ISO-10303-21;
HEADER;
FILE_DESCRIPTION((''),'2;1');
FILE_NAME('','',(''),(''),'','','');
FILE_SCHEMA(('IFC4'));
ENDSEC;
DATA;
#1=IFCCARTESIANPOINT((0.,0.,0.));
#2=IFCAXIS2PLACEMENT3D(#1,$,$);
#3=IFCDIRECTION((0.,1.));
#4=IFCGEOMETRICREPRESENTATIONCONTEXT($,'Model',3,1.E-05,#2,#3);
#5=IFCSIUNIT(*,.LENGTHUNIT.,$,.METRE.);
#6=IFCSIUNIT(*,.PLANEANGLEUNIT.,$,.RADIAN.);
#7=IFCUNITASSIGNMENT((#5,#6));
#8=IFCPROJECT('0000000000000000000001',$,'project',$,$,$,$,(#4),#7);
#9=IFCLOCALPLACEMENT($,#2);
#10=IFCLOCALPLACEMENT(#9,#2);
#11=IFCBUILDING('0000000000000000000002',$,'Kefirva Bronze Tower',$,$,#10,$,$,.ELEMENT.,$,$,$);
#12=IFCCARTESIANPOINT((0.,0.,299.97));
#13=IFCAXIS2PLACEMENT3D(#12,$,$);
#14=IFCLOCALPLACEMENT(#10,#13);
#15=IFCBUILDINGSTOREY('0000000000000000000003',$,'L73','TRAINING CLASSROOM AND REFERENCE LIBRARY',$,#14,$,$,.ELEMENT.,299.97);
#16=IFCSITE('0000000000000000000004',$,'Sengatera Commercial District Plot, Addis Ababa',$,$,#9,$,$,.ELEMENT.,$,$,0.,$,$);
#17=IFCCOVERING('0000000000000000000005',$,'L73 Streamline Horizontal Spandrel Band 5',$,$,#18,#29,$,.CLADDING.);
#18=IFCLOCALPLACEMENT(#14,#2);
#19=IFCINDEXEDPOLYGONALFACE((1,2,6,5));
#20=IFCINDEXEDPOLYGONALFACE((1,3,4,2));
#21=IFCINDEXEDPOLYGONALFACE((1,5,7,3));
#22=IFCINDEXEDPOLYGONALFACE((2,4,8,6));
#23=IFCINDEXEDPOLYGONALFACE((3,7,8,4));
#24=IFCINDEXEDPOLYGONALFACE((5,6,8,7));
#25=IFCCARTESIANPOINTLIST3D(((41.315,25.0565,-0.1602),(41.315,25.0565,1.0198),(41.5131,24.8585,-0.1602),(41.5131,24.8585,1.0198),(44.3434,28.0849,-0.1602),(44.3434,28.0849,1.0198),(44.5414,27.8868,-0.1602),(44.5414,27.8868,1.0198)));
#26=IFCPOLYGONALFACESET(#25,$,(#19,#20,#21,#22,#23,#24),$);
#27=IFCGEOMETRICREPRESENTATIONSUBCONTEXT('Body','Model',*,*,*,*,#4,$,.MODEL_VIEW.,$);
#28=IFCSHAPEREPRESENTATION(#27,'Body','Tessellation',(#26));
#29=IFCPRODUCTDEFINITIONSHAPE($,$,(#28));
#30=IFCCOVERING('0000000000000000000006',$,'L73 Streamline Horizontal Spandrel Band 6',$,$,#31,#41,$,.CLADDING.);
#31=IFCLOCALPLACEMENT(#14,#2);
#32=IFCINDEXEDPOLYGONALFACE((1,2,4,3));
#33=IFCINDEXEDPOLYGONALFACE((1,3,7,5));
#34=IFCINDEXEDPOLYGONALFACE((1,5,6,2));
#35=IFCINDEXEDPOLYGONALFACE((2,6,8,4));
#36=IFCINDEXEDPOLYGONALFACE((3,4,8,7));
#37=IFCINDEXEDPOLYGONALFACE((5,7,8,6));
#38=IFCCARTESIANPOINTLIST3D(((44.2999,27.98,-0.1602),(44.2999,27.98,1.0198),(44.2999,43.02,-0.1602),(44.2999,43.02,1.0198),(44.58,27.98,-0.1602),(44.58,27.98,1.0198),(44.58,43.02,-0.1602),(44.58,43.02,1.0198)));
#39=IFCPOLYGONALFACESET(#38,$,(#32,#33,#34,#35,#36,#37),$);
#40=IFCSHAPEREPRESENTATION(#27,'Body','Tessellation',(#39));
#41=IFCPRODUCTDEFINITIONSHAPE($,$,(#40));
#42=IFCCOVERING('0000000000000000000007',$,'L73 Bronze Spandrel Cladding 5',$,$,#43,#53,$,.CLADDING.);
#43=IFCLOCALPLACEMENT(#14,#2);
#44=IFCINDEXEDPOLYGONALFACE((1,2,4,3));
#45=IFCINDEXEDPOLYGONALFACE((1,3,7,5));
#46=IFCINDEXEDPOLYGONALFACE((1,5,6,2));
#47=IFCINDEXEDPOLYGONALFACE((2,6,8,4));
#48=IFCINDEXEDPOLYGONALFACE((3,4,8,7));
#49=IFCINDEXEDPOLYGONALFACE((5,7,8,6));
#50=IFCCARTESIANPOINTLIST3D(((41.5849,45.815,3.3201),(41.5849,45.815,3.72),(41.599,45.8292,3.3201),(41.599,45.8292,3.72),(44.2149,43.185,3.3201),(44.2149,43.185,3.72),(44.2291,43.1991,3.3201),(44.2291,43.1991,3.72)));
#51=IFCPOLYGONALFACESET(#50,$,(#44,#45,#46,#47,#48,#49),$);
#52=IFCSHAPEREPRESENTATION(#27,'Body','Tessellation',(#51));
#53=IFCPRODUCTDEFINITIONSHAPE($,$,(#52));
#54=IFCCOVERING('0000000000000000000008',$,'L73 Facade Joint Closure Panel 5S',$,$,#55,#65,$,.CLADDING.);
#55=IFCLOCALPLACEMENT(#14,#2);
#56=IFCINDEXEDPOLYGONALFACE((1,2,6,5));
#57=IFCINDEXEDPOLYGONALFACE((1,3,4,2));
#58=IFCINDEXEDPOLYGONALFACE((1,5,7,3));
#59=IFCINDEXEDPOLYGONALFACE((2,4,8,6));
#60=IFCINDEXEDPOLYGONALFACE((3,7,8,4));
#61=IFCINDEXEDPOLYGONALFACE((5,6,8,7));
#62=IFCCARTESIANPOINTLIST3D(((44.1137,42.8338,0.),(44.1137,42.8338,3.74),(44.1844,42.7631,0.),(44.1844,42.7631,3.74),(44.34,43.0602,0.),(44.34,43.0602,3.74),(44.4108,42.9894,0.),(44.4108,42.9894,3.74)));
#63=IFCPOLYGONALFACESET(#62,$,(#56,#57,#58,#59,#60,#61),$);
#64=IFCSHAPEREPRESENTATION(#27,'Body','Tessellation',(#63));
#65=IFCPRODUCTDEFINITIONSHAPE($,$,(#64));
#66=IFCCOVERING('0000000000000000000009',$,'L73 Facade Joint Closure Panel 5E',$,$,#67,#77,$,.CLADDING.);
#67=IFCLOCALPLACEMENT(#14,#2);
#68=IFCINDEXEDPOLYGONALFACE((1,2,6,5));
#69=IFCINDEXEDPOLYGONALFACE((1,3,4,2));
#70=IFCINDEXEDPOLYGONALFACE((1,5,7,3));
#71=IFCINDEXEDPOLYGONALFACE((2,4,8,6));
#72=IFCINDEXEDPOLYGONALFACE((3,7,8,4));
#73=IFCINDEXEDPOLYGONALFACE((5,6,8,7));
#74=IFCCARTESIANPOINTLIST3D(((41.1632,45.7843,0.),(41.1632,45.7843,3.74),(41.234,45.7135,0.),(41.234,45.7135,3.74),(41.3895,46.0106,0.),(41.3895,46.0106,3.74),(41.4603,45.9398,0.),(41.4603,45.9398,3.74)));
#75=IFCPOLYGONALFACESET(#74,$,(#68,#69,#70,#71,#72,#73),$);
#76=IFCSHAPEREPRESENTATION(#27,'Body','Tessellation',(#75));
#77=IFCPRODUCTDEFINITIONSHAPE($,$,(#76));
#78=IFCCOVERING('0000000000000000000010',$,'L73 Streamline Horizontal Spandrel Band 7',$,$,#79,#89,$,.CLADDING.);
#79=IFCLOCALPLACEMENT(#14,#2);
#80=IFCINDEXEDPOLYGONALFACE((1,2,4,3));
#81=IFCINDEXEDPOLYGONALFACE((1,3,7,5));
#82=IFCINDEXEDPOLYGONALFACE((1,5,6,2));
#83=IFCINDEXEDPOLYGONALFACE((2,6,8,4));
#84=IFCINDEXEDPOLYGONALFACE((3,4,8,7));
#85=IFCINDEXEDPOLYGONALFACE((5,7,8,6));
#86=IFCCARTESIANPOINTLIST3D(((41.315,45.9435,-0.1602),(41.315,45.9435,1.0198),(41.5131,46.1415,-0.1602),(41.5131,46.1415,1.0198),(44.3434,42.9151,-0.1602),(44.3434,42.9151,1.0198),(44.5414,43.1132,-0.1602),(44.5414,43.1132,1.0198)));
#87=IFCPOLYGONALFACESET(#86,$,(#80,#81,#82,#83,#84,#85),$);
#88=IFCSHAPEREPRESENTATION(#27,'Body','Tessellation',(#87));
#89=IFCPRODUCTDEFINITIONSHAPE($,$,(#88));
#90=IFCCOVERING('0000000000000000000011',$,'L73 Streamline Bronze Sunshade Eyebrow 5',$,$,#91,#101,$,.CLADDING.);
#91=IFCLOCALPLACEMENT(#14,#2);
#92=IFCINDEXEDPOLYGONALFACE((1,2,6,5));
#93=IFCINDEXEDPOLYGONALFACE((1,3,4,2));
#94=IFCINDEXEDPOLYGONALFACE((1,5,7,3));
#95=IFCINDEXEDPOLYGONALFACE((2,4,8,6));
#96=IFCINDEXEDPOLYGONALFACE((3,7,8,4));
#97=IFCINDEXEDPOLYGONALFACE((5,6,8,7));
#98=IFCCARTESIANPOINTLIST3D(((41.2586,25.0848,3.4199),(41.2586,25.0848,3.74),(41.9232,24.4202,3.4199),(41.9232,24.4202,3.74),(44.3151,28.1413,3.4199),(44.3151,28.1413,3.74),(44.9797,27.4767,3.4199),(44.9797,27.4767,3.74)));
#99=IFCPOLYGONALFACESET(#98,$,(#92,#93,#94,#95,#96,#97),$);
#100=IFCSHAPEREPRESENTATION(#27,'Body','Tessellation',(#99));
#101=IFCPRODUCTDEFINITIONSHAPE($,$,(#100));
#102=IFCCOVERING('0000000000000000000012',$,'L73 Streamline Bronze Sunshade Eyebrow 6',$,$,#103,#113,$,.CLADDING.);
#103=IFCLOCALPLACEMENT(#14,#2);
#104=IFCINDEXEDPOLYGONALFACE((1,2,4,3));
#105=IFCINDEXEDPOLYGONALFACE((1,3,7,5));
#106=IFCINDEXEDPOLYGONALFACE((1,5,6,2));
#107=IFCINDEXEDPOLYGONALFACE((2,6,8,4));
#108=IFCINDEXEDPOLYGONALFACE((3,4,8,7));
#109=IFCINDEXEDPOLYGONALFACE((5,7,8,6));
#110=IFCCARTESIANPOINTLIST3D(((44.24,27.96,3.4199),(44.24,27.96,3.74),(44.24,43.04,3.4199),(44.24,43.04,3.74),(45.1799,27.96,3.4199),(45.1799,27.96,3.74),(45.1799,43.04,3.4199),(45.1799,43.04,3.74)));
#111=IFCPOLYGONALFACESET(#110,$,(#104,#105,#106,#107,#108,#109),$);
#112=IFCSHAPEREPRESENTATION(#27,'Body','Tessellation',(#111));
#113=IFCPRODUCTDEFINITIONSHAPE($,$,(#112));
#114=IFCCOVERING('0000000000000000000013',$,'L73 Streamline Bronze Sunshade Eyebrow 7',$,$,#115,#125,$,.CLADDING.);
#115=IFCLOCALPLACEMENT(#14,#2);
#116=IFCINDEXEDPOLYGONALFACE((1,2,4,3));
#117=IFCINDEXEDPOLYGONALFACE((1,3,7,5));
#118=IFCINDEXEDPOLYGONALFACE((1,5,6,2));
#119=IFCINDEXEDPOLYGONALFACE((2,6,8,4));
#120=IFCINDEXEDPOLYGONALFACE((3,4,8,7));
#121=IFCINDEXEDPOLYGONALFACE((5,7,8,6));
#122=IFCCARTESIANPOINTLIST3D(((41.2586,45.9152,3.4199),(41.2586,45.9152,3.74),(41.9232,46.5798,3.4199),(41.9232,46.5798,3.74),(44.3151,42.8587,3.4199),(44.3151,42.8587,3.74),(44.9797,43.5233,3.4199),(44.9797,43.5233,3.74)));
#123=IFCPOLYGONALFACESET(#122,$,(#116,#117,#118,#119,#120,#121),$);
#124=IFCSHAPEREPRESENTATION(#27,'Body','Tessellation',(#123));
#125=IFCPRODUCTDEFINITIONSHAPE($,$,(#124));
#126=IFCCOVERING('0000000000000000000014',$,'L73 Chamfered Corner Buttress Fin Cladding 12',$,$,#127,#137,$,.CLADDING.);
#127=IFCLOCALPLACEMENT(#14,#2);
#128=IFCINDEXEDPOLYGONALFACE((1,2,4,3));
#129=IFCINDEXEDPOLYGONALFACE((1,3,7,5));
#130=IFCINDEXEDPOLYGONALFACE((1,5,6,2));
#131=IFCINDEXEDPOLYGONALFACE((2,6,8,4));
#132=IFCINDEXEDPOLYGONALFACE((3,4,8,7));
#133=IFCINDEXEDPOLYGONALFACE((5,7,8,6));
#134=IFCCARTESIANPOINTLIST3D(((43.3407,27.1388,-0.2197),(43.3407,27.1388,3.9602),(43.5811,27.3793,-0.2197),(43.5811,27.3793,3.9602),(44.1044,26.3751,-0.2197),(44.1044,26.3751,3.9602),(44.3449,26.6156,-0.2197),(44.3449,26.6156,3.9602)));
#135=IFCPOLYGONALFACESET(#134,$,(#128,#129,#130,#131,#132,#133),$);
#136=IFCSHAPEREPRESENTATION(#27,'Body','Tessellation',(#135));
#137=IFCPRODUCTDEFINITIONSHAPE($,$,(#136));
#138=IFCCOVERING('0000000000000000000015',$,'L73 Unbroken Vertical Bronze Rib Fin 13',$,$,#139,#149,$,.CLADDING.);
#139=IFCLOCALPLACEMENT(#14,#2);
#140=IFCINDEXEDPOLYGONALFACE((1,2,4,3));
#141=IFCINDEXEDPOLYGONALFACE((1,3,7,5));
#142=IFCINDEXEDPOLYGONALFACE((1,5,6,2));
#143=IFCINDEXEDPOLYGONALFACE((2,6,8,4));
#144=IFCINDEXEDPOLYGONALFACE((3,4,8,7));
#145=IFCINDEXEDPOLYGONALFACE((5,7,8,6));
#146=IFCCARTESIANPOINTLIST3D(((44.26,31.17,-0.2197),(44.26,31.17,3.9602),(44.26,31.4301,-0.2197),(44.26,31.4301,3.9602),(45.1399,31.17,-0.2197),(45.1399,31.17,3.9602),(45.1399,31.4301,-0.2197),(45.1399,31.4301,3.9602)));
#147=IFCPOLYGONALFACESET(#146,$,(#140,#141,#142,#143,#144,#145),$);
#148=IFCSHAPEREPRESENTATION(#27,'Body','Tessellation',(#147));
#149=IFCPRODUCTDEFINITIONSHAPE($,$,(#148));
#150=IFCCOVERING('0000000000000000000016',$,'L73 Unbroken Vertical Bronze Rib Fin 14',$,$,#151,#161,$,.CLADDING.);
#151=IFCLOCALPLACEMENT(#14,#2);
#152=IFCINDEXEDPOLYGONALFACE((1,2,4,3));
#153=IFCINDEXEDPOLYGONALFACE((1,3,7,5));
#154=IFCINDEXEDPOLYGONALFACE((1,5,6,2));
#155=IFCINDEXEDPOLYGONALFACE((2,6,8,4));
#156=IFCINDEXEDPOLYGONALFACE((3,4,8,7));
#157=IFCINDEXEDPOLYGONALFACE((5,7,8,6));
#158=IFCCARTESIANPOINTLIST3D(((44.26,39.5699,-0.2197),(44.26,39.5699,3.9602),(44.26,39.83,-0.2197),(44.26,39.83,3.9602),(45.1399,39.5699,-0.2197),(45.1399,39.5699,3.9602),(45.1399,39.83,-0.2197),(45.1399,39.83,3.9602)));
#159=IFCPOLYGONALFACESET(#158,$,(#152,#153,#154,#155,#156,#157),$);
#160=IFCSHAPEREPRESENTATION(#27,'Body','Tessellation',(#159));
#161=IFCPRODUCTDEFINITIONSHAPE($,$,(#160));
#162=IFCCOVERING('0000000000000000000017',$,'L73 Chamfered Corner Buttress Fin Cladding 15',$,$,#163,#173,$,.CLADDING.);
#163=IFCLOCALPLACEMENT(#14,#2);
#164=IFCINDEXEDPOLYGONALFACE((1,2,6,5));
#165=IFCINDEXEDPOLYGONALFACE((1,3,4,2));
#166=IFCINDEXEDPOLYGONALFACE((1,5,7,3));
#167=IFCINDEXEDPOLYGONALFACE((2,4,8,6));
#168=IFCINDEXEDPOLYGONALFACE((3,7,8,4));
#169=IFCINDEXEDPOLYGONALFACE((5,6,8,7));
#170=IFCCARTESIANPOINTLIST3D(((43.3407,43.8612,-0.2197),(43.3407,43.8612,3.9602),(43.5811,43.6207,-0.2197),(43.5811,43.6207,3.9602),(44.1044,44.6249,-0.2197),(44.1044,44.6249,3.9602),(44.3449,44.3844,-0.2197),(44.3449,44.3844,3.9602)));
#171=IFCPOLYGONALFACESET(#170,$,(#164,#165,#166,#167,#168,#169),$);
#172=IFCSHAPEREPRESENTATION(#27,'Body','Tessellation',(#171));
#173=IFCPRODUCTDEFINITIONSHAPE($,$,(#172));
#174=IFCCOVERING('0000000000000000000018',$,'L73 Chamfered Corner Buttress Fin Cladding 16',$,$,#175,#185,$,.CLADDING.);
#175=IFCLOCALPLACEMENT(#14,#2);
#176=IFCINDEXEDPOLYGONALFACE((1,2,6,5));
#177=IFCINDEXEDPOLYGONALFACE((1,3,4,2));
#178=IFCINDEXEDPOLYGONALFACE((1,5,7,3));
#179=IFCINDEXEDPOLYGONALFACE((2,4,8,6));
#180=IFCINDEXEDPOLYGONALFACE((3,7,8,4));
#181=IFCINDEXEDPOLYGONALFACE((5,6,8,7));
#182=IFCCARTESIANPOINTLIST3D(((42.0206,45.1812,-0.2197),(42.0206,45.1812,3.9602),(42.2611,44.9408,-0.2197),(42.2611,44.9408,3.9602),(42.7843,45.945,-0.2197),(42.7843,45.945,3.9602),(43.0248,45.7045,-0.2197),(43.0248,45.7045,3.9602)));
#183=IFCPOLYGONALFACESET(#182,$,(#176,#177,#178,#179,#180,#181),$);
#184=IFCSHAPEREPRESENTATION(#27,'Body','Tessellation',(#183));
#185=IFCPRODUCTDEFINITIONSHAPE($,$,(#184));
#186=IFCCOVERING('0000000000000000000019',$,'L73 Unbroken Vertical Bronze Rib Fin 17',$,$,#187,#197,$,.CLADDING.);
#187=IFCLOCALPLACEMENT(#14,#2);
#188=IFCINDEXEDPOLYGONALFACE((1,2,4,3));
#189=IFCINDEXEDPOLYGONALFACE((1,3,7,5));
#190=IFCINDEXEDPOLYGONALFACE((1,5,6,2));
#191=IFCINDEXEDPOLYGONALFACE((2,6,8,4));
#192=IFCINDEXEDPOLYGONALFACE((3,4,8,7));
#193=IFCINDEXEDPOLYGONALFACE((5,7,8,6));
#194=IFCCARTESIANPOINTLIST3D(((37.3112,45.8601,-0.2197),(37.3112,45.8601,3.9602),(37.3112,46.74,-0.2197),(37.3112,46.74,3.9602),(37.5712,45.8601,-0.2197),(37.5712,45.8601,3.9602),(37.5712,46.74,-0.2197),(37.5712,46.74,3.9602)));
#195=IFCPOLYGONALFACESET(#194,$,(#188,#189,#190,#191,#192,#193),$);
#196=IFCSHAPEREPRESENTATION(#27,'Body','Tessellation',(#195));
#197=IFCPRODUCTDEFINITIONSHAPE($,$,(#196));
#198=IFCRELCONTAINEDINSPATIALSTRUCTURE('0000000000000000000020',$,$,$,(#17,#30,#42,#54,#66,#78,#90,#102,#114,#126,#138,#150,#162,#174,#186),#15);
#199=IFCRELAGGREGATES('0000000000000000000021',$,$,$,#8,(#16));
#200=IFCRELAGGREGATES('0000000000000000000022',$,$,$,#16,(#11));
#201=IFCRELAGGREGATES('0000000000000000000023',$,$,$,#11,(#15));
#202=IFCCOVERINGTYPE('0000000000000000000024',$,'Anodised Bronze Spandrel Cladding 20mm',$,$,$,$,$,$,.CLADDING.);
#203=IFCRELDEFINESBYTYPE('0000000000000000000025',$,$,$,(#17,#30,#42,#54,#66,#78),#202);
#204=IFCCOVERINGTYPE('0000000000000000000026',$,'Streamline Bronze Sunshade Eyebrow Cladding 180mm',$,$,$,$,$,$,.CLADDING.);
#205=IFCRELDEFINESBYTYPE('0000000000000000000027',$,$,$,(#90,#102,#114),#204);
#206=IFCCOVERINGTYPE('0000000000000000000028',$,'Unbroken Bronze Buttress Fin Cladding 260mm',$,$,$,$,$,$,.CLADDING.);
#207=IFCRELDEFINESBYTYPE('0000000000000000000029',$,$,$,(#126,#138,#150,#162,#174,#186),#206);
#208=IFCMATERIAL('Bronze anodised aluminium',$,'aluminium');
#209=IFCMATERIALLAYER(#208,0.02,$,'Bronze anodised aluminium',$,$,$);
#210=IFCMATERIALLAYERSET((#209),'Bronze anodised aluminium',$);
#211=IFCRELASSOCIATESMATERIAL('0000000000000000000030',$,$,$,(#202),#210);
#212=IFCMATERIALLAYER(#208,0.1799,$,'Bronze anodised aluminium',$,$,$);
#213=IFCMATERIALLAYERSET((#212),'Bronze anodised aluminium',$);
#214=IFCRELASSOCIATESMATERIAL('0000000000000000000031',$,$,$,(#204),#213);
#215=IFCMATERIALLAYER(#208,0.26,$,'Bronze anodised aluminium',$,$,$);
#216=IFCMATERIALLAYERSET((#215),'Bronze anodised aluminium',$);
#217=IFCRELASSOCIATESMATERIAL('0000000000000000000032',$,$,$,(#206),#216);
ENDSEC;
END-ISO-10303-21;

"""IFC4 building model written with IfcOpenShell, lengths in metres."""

from ifc_helpers import new_model, si_unit, direction, frame, origin, origin_2d, place, context, subcontext, project, spatial, rectangle, extrude, material, layer, layer_set, type_object, element, save


model = new_model("IFC4")

# Units and contexts
model_context = context("Model", 3, precision=1e-05, world=origin(), true_north=direction((0.0, 1.0)))
body_context = subcontext(model_context, "Body", "Model", "MODEL_VIEW")
ifc_project = project(units=[si_unit("LENGTHUNIT", "METRE"), si_unit("PLANEANGLEUNIT", "RADIAN")], contexts=[model_context])

# Site, building, storey
site_placement = place(None, origin())
site = spatial("IfcSite", under=ifc_project, at=site_placement, Name="Sengatera Commercial District Plot, Addis Ababa", CompositionType="ELEMENT", RefElevation=0.0)
building_placement = place(site_placement, origin())
building = spatial("IfcBuilding", under=site, at=building_placement, Name="Kefirva Bronze Tower", CompositionType="ELEMENT")
storey_placement = place(building_placement, frame((0.0, 0.0, 299.97)))
storey = spatial("IfcBuildingStorey", under=building, at=storey_placement, Name="L73", Description="TRAINING CLASSROOM AND REFERENCE LIBRARY", CompositionType="ELEMENT", Elevation=299.97)

# Shared definitions
ifc_material_1 = material(Name="Bronze anodised aluminium", Category="aluminium")

# Coverings
ifc_layer_1 = layer(ifc_material_1, 0.02, Name="Bronze anodised aluminium")
ifc_layer_set_1 = layer_set([ifc_layer_1], Name="Bronze anodised aluminium")
covering_type_1 = type_object("IfcCoveringType", Name="Anodised Bronze Spandrel Cladding 20mm", PredefinedType="CLADDING", material=ifc_layer_set_1)
covering_1_placement = place(storey_placement, frame((42.9282, 26.4717, -0.1602), z_axis=(0.0, 0.0, 1.0), x_axis=(0.707107, 0.707107, 0.0)))
element("IfcCovering", 1, at=covering_1_placement, inside=storey, type_object=covering_type_1, Name="L73 Streamline Horizontal Spandrel Band 5", PredefinedType="CLADDING", context=body_context, shape_type="SweptSolid", body=[
    extrude(rectangle(XDim=4.2827, YDim=0.28, at=origin_2d()), origin(), (0.0, 0.0, 1.0), 1.1799),
])
covering_2_placement = place(storey_placement, frame((44.4399, 35.5, -0.1602), z_axis=(0.0, 0.0, 1.0), x_axis=(0.0, 1.0, 0.0)))
element("IfcCovering", 2, at=covering_2_placement, inside=storey, type_object=covering_type_1, Name="L73 Streamline Horizontal Spandrel Band 6", PredefinedType="CLADDING", context=body_context, shape_type="SweptSolid", body=[
    extrude(rectangle(XDim=15.04, YDim=0.28, at=origin_2d()), origin(), (0.0, 0.0, 1.0), 1.1799),
])
covering_3_placement = place(storey_placement, frame((42.907, 44.5071, 3.3201), z_axis=(0.0, 0.0, 1.0), x_axis=(-0.707107, 0.707107, 0.0)))
element("IfcCovering", 3, at=covering_3_placement, inside=storey, type_object=covering_type_1, Name="L73 Bronze Spandrel Cladding 5", PredefinedType="CLADDING", context=body_context, shape_type="SweptSolid", body=[
    extrude(rectangle(XDim=3.7195, YDim=0.02, at=origin_2d()), origin(), (0.0, 0.0, 1.0), 0.3999),
])
for number, where, z_axis, x_axis, name in (
    (4, (44.2622, 42.9116, 0.0), (0.0, 0.0, 1.0), (-0.707107, 0.707107, 0.0), "L73 Facade Joint Closure Panel 5S"),
    (5, (41.3118, 45.8621, 0.0), (0.0, 0.0, 1.0), (-0.707107, 0.707107, 0.0), "L73 Facade Joint Closure Panel 5E"),
):
    element("IfcCovering", number, at=place(storey_placement, frame(where, z_axis=z_axis, x_axis=x_axis)), inside=storey, type_object=covering_type_1, Name=name, PredefinedType="CLADDING", context=body_context, shape_type="SweptSolid", body=[
        extrude(rectangle(XDim=0.1001, YDim=0.3201, at=origin_2d()), origin(), (0.0, 0.0, 1.0), 3.74),
    ])
covering_4_placement = place(storey_placement, frame((42.9282, 44.5283, -0.1602), z_axis=(0.0, 0.0, 1.0), x_axis=(-0.707107, 0.707107, 0.0)))
element("IfcCovering", 6, at=covering_4_placement, inside=storey, type_object=covering_type_1, Name="L73 Streamline Horizontal Spandrel Band 7", PredefinedType="CLADDING", context=body_context, shape_type="SweptSolid", body=[
    extrude(rectangle(XDim=4.2827, YDim=0.28, at=origin_2d()), origin(), (0.0, 0.0, 1.0), 1.1799),
])
ifc_layer_2 = layer(ifc_material_1, 0.1799, Name="Bronze anodised aluminium")
ifc_layer_set_2 = layer_set([ifc_layer_2], Name="Bronze anodised aluminium")
covering_type_2 = type_object("IfcCoveringType", Name="Streamline Bronze Sunshade Eyebrow Cladding 180mm", PredefinedType="CLADDING", material=ifc_layer_set_2)
covering_5_placement = place(storey_placement, frame((43.1191, 26.2808, 3.4199), z_axis=(0.0, 0.0, 1.0), x_axis=(0.707107, 0.707107, 0.0)))
element("IfcCovering", 7, at=covering_5_placement, inside=storey, type_object=covering_type_2, Name="L73 Streamline Bronze Sunshade Eyebrow 5", PredefinedType="CLADDING", context=body_context, shape_type="SweptSolid", body=[
    extrude(rectangle(XDim=4.3225, YDim=0.9399, at=origin_2d()), origin(), (0.0, 0.0, 1.0), 0.3201),
])
covering_6_placement = place(storey_placement, frame((44.71, 35.5, 3.4199), z_axis=(0.0, 0.0, 1.0), x_axis=(0.0, 1.0, 0.0)))
element("IfcCovering", 8, at=covering_6_placement, inside=storey, type_object=covering_type_2, Name="L73 Streamline Bronze Sunshade Eyebrow 6", PredefinedType="CLADDING", context=body_context, shape_type="SweptSolid", body=[
    extrude(rectangle(XDim=15.0801, YDim=0.9399, at=origin_2d()), origin(), (0.0, 0.0, 1.0), 0.3201),
])
covering_7_placement = place(storey_placement, frame((43.1191, 44.7192, 3.4199), z_axis=(0.0, 0.0, 1.0), x_axis=(-0.707107, 0.707107, 0.0)))
element("IfcCovering", 9, at=covering_7_placement, inside=storey, type_object=covering_type_2, Name="L73 Streamline Bronze Sunshade Eyebrow 7", PredefinedType="CLADDING", context=body_context, shape_type="SweptSolid", body=[
    extrude(rectangle(XDim=4.3225, YDim=0.9399, at=origin_2d()), origin(), (0.0, 0.0, 1.0), 0.3201),
])
ifc_layer_3 = layer(ifc_material_1, 0.26, Name="Bronze anodised aluminium")
ifc_layer_set_3 = layer_set([ifc_layer_3], Name="Bronze anodised aluminium")
covering_type_3 = type_object("IfcCoveringType", Name="Unbroken Bronze Buttress Fin Cladding 260mm", PredefinedType="CLADDING", material=ifc_layer_set_3)
covering_8_placement = place(storey_placement, frame((43.8428, 26.8772, -0.2197), z_axis=(0.0, 0.0, 1.0), x_axis=(0.707107, 0.707107, 0.0)))
element("IfcCovering", 10, at=covering_8_placement, inside=storey, type_object=covering_type_3, Name="L73 Chamfered Corner Buttress Fin Cladding 12", PredefinedType="CLADDING", context=body_context, shape_type="SweptSolid", body=[
    extrude(rectangle(XDim=0.3401, YDim=1.0801, at=origin_2d()), origin(), (0.0, 0.0, 1.0), 4.1799),
])
for number, where, z_axis, x_axis, name in (
    (11, (44.7, 31.3, -0.2197), (0.0, 0.0, 1.0), (0.0, 1.0, 0.0), "L73 Unbroken Vertical Bronze Rib Fin 13"),
    (12, (44.7, 39.7, -0.2197), (0.0, 0.0, 1.0), (0.0, 1.0, 0.0), "L73 Unbroken Vertical Bronze Rib Fin 14"),
):
    element("IfcCovering", number, at=place(storey_placement, frame(where, z_axis=z_axis, x_axis=x_axis)), inside=storey, type_object=covering_type_3, Name=name, PredefinedType="CLADDING", context=body_context, shape_type="SweptSolid", body=[
        extrude(rectangle(XDim=0.26, YDim=0.8799, at=origin_2d()), origin(), (0.0, 0.0, 1.0), 4.1799),
    ])
for number, where, z_axis, x_axis, name in (
    (13, (43.8428, 44.1228, -0.2197), (0.0, 0.0, 1.0), (-0.707107, 0.707107, 0.0), "L73 Chamfered Corner Buttress Fin Cladding 15"),
    (14, (42.5227, 45.4429, -0.2197), (0.0, 0.0, 1.0), (-0.707107, 0.707107, 0.0), "L73 Chamfered Corner Buttress Fin Cladding 16"),
):
    element("IfcCovering", number, at=place(storey_placement, frame(where, z_axis=z_axis, x_axis=x_axis)), inside=storey, type_object=covering_type_3, Name=name, PredefinedType="CLADDING", context=body_context, shape_type="SweptSolid", body=[
        extrude(rectangle(XDim=0.3401, YDim=1.0801, at=origin_2d()), origin(), (0.0, 0.0, 1.0), 4.1799),
    ])
covering_9_placement = place(storey_placement, frame((37.4412, 46.3, -0.2197), z_axis=(0.0, 0.0, 1.0), x_axis=(-1.0, 0.0, 0.0)))
element("IfcCovering", 15, at=covering_9_placement, inside=storey, type_object=covering_type_3, Name="L73 Unbroken Vertical Bronze Rib Fin 17", PredefinedType="CLADDING", context=body_context, shape_type="SweptSolid", body=[
    extrude(rectangle(XDim=0.26, YDim=0.8799, at=origin_2d()), origin(), (0.0, 0.0, 1.0), 4.1799),
])

save(model, "model.ifc")
